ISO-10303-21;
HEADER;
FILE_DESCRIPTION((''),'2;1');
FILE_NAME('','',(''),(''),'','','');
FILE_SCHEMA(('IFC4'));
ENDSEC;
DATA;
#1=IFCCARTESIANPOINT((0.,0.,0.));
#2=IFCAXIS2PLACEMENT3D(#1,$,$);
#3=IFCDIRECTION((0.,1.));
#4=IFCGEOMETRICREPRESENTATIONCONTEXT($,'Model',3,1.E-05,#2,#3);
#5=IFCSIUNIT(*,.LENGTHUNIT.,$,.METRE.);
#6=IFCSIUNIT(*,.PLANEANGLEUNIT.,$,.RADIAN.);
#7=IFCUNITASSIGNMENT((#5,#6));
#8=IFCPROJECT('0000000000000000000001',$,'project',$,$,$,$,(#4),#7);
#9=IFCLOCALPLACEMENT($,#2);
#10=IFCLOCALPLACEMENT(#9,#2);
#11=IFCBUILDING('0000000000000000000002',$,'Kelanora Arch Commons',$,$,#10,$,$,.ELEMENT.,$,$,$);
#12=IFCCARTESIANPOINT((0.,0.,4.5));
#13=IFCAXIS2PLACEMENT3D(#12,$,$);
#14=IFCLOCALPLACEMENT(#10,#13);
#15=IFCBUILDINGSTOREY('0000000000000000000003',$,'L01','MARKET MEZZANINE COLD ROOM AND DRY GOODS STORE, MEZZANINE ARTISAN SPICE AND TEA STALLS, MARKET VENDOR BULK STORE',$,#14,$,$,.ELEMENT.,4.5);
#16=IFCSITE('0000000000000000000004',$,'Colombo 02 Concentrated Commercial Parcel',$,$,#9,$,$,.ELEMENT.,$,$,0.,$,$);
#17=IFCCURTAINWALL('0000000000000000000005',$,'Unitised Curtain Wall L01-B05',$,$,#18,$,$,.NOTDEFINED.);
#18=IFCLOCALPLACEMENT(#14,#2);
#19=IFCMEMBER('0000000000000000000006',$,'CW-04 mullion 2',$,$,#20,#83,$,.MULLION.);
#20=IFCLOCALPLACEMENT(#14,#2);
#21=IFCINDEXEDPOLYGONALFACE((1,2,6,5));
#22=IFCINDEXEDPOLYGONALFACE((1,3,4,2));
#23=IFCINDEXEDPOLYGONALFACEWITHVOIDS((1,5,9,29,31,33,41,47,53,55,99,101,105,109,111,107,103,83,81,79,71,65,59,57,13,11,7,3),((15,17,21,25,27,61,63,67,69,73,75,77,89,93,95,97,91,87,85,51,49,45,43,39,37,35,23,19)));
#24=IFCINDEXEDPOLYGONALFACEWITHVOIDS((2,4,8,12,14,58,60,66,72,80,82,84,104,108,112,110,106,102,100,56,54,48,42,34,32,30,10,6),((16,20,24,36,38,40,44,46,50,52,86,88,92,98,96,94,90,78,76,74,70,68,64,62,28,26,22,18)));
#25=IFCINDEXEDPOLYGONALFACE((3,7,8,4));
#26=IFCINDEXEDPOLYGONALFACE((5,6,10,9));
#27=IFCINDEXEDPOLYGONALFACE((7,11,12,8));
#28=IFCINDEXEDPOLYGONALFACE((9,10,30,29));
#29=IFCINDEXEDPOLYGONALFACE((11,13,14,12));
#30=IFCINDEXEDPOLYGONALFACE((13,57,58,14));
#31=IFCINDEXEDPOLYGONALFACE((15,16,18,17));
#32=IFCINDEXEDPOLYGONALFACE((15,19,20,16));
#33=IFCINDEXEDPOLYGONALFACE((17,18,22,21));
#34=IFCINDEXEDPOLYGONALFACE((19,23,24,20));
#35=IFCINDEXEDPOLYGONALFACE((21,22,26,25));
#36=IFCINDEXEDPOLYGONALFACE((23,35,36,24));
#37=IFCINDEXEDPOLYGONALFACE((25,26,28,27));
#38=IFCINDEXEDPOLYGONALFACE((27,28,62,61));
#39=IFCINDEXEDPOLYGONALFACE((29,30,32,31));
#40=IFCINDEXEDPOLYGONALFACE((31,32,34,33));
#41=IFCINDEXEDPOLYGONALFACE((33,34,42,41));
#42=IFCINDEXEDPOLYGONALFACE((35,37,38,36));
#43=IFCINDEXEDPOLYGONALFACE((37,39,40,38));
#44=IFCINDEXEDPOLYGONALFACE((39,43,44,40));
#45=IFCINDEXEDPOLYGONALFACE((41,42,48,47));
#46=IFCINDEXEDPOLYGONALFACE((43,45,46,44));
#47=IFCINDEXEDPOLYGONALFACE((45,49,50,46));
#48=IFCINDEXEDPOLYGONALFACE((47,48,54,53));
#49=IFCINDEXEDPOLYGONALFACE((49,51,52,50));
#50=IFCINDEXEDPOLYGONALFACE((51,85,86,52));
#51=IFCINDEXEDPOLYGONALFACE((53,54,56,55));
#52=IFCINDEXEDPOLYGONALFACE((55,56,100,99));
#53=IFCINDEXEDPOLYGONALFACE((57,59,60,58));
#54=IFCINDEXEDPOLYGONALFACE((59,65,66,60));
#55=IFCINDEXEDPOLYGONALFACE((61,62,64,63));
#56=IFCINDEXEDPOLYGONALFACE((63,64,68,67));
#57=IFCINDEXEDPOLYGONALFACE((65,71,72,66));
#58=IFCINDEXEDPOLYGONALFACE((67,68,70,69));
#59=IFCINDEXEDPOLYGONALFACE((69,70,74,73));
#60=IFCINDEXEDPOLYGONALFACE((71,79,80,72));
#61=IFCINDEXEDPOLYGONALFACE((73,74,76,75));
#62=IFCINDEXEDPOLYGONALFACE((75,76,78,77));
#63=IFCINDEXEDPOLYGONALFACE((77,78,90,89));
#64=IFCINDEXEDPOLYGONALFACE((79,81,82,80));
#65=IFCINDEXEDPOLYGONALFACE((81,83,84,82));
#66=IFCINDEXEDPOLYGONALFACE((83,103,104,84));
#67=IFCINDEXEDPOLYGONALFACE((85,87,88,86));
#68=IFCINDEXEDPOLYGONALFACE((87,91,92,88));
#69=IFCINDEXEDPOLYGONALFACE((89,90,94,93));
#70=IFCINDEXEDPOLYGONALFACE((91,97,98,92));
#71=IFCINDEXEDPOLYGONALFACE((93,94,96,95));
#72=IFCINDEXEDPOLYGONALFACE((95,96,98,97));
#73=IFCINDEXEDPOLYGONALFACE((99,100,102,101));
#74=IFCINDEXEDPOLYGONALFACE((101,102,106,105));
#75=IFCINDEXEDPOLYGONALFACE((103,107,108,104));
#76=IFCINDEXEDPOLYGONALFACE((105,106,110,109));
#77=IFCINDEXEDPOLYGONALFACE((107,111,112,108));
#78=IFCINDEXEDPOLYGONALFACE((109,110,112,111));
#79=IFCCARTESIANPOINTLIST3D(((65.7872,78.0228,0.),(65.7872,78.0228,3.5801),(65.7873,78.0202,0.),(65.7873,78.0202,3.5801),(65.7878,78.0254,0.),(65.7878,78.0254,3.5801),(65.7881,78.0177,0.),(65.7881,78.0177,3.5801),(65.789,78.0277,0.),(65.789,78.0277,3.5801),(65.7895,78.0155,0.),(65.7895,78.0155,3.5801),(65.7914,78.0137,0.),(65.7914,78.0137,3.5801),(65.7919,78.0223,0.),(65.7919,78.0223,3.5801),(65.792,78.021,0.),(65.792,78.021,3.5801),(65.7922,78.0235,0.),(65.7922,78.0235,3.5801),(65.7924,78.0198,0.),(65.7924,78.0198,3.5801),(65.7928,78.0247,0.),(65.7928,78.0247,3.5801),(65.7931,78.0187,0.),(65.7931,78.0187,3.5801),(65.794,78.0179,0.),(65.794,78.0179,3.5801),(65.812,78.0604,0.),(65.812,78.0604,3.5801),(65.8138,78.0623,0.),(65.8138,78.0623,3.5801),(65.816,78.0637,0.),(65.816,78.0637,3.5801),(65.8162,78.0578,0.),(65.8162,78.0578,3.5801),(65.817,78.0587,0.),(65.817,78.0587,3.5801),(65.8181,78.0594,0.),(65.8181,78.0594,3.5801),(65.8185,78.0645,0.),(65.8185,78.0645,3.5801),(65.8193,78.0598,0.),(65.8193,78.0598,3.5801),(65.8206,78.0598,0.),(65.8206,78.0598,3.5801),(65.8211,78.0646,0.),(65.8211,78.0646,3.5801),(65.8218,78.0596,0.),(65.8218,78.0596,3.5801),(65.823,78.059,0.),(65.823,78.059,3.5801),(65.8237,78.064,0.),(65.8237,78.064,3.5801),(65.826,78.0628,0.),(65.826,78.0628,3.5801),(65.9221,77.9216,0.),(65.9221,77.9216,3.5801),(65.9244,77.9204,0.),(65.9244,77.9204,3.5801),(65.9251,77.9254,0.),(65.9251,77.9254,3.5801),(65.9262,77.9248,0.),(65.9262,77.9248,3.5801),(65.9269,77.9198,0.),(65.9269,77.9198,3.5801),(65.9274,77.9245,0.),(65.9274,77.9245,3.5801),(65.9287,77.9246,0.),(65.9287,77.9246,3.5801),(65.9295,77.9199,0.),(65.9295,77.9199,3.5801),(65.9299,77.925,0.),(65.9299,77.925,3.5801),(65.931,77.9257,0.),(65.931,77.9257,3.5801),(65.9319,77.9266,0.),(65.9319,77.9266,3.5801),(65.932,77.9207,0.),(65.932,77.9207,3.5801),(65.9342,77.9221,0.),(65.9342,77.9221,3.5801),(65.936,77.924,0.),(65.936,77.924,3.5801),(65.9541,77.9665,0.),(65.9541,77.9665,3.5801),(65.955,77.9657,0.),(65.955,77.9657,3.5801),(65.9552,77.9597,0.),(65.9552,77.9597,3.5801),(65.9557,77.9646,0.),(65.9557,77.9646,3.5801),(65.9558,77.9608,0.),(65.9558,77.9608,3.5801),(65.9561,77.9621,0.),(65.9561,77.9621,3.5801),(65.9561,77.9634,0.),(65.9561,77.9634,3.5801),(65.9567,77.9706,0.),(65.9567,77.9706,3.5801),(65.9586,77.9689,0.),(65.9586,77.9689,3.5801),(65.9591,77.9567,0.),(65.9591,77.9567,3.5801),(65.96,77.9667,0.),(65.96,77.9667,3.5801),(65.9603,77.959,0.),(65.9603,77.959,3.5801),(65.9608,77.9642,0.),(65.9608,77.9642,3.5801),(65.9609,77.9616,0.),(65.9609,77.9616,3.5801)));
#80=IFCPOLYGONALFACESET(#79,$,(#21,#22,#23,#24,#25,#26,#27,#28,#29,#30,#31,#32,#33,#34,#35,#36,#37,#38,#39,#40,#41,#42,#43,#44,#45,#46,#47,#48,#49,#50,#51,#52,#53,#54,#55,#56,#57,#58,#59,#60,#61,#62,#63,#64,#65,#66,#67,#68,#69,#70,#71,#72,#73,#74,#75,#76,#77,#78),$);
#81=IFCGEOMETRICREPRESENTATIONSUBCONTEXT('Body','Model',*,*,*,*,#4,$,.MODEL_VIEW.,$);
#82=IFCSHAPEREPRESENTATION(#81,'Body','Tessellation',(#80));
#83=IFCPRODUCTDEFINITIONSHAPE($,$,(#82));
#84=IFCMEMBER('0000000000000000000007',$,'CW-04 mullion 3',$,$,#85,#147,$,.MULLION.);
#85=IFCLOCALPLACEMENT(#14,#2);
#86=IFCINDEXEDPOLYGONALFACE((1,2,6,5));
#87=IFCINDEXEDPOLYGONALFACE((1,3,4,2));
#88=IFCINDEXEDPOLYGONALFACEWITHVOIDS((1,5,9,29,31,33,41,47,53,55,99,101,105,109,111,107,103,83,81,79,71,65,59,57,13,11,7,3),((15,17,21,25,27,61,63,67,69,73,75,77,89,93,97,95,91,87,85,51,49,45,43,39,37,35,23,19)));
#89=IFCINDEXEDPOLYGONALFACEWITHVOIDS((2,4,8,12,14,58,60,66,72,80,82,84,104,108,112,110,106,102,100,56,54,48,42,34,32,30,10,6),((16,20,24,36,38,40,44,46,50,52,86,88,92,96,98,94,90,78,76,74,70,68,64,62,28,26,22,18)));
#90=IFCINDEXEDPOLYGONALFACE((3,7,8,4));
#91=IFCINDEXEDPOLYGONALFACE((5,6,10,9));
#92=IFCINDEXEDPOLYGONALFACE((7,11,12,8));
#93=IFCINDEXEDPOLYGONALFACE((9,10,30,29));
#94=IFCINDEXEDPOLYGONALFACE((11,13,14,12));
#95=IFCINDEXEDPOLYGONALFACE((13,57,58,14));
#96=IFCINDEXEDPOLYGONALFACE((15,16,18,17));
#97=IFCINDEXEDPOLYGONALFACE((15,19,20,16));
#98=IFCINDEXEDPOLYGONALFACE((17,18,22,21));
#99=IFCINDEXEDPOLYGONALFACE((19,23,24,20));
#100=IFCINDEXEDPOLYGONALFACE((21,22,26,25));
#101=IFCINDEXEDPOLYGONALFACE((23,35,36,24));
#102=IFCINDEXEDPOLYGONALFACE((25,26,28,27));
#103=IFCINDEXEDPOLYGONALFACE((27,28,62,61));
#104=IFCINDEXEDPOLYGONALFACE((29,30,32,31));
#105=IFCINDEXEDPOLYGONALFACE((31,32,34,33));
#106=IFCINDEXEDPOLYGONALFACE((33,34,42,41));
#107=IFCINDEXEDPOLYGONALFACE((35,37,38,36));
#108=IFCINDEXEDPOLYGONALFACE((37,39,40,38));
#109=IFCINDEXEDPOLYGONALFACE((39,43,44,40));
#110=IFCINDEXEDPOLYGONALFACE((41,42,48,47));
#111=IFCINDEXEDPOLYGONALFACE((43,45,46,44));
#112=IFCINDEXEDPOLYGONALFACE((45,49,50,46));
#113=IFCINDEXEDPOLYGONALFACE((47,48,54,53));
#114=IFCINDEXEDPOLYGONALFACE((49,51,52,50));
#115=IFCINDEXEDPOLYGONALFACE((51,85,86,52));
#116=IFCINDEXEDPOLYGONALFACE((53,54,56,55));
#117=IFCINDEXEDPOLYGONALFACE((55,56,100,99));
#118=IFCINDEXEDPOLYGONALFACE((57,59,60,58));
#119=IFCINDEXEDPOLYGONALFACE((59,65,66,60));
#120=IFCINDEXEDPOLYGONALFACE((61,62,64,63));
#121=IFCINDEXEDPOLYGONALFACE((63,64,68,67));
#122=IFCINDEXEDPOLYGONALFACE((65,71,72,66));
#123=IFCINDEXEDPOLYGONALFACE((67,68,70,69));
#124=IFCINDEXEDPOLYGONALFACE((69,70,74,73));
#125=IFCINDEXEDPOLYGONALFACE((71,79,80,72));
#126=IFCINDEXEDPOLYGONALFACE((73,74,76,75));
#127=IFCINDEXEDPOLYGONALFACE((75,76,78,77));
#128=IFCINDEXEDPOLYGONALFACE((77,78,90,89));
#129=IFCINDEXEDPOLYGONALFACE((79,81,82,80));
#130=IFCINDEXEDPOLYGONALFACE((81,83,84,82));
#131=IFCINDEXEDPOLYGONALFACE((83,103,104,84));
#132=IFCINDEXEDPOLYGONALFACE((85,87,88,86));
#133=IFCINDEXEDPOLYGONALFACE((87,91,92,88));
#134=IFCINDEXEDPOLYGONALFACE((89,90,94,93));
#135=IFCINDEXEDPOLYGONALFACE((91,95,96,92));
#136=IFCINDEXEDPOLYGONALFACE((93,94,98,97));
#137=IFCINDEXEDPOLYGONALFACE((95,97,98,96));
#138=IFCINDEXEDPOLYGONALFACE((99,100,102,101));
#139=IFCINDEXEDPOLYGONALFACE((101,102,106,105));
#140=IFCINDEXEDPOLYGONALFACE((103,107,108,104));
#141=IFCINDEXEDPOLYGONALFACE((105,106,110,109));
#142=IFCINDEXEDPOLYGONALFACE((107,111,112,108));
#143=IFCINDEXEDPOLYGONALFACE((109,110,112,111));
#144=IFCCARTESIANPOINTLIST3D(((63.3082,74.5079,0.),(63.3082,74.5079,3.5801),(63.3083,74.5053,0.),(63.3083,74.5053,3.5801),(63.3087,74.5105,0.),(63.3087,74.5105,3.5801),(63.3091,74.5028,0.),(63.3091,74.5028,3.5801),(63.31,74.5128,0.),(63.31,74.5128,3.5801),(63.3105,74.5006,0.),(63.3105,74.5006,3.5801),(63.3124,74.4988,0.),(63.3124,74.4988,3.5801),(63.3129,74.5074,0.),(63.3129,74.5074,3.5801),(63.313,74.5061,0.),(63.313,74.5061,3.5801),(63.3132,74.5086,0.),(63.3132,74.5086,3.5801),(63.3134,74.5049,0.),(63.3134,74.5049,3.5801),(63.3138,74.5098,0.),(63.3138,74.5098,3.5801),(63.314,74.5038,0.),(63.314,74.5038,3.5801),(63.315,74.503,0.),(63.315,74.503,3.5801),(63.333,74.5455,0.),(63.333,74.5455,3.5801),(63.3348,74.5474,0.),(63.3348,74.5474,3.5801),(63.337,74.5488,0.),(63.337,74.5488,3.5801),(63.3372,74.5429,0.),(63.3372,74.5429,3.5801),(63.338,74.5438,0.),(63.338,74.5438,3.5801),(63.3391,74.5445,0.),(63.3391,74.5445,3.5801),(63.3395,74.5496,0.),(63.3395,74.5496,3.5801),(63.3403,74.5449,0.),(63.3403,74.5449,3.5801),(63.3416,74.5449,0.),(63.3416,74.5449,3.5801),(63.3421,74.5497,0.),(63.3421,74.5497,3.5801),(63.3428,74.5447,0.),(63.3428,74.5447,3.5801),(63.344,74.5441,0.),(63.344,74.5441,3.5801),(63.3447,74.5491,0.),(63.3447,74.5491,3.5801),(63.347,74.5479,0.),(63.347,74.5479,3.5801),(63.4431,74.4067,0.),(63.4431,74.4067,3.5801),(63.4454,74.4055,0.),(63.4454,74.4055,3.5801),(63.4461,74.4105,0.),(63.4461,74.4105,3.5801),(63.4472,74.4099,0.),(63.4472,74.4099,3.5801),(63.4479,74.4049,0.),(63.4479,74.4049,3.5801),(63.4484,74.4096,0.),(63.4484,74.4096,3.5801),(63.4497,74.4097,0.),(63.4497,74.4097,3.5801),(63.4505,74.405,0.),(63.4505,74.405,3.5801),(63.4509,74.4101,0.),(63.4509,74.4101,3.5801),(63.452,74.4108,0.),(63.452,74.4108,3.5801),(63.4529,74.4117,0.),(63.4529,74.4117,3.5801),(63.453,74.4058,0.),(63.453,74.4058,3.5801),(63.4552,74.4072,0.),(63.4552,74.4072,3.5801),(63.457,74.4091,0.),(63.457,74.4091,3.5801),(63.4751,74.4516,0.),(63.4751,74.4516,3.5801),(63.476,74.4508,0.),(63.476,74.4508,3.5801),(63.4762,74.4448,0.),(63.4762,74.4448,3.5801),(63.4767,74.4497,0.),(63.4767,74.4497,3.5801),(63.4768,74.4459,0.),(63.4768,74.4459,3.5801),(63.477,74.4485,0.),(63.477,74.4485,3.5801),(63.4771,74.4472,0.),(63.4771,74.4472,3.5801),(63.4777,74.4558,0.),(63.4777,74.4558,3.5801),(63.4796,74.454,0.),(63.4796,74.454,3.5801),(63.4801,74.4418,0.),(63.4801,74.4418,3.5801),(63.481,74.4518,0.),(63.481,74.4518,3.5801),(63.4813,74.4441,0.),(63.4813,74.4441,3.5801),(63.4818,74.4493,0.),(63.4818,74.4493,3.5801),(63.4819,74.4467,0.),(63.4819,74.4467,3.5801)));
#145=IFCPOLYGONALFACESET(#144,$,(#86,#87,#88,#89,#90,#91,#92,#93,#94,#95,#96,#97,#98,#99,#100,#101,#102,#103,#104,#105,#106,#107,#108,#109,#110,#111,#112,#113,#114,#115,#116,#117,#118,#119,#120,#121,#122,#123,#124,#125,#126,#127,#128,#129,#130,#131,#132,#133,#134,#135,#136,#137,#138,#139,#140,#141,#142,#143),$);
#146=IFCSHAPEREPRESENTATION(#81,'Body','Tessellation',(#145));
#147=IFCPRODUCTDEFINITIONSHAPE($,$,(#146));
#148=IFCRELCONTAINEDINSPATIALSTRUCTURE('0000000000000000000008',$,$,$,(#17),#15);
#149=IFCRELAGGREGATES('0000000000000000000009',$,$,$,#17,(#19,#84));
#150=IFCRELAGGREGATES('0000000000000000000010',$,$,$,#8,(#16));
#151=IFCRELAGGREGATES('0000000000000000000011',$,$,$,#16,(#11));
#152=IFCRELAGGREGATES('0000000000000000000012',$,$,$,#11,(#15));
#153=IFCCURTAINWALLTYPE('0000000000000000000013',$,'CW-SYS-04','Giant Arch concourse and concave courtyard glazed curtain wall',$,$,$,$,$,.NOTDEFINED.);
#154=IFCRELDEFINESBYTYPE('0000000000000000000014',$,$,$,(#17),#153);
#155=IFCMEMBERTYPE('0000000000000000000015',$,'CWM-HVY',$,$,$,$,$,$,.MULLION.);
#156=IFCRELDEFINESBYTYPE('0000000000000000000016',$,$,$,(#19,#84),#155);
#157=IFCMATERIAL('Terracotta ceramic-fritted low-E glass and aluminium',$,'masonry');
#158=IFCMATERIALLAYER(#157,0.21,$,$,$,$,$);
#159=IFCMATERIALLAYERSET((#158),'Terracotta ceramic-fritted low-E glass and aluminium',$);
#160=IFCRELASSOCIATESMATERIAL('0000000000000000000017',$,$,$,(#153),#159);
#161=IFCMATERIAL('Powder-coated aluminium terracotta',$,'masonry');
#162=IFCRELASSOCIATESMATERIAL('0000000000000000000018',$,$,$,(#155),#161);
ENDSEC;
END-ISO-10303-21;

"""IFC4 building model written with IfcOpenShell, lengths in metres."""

from ifc_helpers import new_model, si_unit, direction, frame, origin, origin_2d, place, context, subcontext, project, spatial, hollow_rectangle, extrude, material, layer, layer_set, material_profile, profile_set, type_object, element, aggregate, save


model = new_model("IFC4")

# Units and contexts
model_context = context("Model", 3, precision=1e-05, world=origin(), true_north=direction((0.0, 1.0)))
body_context = subcontext(model_context, "Body", "Model", "MODEL_VIEW")
ifc_project = project(units=[si_unit("LENGTHUNIT", "METRE"), si_unit("PLANEANGLEUNIT", "RADIAN")], contexts=[model_context])

# Site, building, storey
site_placement = place(None, origin())
site = spatial("IfcSite", under=ifc_project, at=site_placement, Name="Colombo 02 Concentrated Commercial Parcel", CompositionType="ELEMENT", RefElevation=0.0)
building_placement = place(site_placement, origin())
building = spatial("IfcBuilding", under=site, at=building_placement, Name="Kelanora Arch Commons", CompositionType="ELEMENT")
storey_placement = place(building_placement, frame((0.0, 0.0, 4.5)))
storey = spatial("IfcBuildingStorey", under=building, at=storey_placement, Name="L01", Description="MARKET MEZZANINE COLD ROOM AND DRY GOODS STORE, MEZZANINE ARTISAN SPICE AND TEA STALLS, MARKET VENDOR BULK STORE", CompositionType="ELEMENT", Elevation=4.5)

# Curtain wall, members
ifc_material_1 = material(Name="Terracotta ceramic-fritted low-E glass and aluminium", Category="masonry")
ifc_layer_1 = layer(ifc_material_1, 0.21)
ifc_layer_set_1 = layer_set([ifc_layer_1], Name="Terracotta ceramic-fritted low-E glass and aluminium")
curtain_wall_type = type_object("IfcCurtainWallType", Name="CW-SYS-04", Description="Giant Arch concourse and concave courtyard glazed curtain wall", PredefinedType="NOTDEFINED", material=ifc_layer_set_1)
curtain_wall_1_placement = place(storey_placement, origin())
curtain_wall_1 = element("IfcCurtainWall", 1, at=curtain_wall_1_placement, inside=storey, type_object=curtain_wall_type, Name="Unitised Curtain Wall L01-B05", PredefinedType="NOTDEFINED")
ifc_material_2 = material(Name="Powder-coated aluminium terracotta", Category="masonry")
ifc_material_profile_1 = material_profile(ifc_material_2, hollow_rectangle(XDim=0.1799, YDim=0.0601, WallThickness=0.0049, InnerFilletRadius=0.0049, OuterFilletRadius=0.01, at=origin_2d()), Name="CWM180x60")
ifc_profile_set_1 = profile_set([ifc_material_profile_1], Name="Powder-coated aluminium terracotta")
member_type_1 = type_object("IfcMemberType", Name="CWM-HVY", PredefinedType="MULLION", material=ifc_profile_set_1)
member_1_placement = place(storey_placement, frame((65.874, 77.9922, 0.0), z_axis=(0.0, 0.0, 1.0), x_axis=(0.817206, -0.576345, 0.0)))
member_1 = element("IfcMember", 2, at=member_1_placement, type_object=member_type_1, Name="CW-04 mullion 2", PredefinedType="MULLION", context=body_context, shape_type="SweptSolid", body=[
    extrude(hollow_rectangle(XDim=0.1799, YDim=0.0601, WallThickness=0.0049, InnerFilletRadius=0.0049, OuterFilletRadius=0.01, at=origin_2d()), origin(), (0.0, 0.0, 1.0), 3.5801),
])
member_2_placement = place(storey_placement, frame((63.395, 74.4773, 0.0), z_axis=(0.0, 0.0, 1.0), x_axis=(0.817206, -0.576345, 0.0)))
member_2 = element("IfcMember", 3, at=member_2_placement, type_object=member_type_1, Name="CW-04 mullion 3", PredefinedType="MULLION", context=body_context, shape_type="SweptSolid", body=[
    extrude(hollow_rectangle(XDim=0.1799, YDim=0.0601, WallThickness=0.0049, InnerFilletRadius=0.0049, OuterFilletRadius=0.01, at=origin_2d()), origin(), (0.0, 0.0, 1.0), 3.5801),
])

aggregate(curtain_wall_1, [member_1, member_2])

save(model, "model.ifc")
